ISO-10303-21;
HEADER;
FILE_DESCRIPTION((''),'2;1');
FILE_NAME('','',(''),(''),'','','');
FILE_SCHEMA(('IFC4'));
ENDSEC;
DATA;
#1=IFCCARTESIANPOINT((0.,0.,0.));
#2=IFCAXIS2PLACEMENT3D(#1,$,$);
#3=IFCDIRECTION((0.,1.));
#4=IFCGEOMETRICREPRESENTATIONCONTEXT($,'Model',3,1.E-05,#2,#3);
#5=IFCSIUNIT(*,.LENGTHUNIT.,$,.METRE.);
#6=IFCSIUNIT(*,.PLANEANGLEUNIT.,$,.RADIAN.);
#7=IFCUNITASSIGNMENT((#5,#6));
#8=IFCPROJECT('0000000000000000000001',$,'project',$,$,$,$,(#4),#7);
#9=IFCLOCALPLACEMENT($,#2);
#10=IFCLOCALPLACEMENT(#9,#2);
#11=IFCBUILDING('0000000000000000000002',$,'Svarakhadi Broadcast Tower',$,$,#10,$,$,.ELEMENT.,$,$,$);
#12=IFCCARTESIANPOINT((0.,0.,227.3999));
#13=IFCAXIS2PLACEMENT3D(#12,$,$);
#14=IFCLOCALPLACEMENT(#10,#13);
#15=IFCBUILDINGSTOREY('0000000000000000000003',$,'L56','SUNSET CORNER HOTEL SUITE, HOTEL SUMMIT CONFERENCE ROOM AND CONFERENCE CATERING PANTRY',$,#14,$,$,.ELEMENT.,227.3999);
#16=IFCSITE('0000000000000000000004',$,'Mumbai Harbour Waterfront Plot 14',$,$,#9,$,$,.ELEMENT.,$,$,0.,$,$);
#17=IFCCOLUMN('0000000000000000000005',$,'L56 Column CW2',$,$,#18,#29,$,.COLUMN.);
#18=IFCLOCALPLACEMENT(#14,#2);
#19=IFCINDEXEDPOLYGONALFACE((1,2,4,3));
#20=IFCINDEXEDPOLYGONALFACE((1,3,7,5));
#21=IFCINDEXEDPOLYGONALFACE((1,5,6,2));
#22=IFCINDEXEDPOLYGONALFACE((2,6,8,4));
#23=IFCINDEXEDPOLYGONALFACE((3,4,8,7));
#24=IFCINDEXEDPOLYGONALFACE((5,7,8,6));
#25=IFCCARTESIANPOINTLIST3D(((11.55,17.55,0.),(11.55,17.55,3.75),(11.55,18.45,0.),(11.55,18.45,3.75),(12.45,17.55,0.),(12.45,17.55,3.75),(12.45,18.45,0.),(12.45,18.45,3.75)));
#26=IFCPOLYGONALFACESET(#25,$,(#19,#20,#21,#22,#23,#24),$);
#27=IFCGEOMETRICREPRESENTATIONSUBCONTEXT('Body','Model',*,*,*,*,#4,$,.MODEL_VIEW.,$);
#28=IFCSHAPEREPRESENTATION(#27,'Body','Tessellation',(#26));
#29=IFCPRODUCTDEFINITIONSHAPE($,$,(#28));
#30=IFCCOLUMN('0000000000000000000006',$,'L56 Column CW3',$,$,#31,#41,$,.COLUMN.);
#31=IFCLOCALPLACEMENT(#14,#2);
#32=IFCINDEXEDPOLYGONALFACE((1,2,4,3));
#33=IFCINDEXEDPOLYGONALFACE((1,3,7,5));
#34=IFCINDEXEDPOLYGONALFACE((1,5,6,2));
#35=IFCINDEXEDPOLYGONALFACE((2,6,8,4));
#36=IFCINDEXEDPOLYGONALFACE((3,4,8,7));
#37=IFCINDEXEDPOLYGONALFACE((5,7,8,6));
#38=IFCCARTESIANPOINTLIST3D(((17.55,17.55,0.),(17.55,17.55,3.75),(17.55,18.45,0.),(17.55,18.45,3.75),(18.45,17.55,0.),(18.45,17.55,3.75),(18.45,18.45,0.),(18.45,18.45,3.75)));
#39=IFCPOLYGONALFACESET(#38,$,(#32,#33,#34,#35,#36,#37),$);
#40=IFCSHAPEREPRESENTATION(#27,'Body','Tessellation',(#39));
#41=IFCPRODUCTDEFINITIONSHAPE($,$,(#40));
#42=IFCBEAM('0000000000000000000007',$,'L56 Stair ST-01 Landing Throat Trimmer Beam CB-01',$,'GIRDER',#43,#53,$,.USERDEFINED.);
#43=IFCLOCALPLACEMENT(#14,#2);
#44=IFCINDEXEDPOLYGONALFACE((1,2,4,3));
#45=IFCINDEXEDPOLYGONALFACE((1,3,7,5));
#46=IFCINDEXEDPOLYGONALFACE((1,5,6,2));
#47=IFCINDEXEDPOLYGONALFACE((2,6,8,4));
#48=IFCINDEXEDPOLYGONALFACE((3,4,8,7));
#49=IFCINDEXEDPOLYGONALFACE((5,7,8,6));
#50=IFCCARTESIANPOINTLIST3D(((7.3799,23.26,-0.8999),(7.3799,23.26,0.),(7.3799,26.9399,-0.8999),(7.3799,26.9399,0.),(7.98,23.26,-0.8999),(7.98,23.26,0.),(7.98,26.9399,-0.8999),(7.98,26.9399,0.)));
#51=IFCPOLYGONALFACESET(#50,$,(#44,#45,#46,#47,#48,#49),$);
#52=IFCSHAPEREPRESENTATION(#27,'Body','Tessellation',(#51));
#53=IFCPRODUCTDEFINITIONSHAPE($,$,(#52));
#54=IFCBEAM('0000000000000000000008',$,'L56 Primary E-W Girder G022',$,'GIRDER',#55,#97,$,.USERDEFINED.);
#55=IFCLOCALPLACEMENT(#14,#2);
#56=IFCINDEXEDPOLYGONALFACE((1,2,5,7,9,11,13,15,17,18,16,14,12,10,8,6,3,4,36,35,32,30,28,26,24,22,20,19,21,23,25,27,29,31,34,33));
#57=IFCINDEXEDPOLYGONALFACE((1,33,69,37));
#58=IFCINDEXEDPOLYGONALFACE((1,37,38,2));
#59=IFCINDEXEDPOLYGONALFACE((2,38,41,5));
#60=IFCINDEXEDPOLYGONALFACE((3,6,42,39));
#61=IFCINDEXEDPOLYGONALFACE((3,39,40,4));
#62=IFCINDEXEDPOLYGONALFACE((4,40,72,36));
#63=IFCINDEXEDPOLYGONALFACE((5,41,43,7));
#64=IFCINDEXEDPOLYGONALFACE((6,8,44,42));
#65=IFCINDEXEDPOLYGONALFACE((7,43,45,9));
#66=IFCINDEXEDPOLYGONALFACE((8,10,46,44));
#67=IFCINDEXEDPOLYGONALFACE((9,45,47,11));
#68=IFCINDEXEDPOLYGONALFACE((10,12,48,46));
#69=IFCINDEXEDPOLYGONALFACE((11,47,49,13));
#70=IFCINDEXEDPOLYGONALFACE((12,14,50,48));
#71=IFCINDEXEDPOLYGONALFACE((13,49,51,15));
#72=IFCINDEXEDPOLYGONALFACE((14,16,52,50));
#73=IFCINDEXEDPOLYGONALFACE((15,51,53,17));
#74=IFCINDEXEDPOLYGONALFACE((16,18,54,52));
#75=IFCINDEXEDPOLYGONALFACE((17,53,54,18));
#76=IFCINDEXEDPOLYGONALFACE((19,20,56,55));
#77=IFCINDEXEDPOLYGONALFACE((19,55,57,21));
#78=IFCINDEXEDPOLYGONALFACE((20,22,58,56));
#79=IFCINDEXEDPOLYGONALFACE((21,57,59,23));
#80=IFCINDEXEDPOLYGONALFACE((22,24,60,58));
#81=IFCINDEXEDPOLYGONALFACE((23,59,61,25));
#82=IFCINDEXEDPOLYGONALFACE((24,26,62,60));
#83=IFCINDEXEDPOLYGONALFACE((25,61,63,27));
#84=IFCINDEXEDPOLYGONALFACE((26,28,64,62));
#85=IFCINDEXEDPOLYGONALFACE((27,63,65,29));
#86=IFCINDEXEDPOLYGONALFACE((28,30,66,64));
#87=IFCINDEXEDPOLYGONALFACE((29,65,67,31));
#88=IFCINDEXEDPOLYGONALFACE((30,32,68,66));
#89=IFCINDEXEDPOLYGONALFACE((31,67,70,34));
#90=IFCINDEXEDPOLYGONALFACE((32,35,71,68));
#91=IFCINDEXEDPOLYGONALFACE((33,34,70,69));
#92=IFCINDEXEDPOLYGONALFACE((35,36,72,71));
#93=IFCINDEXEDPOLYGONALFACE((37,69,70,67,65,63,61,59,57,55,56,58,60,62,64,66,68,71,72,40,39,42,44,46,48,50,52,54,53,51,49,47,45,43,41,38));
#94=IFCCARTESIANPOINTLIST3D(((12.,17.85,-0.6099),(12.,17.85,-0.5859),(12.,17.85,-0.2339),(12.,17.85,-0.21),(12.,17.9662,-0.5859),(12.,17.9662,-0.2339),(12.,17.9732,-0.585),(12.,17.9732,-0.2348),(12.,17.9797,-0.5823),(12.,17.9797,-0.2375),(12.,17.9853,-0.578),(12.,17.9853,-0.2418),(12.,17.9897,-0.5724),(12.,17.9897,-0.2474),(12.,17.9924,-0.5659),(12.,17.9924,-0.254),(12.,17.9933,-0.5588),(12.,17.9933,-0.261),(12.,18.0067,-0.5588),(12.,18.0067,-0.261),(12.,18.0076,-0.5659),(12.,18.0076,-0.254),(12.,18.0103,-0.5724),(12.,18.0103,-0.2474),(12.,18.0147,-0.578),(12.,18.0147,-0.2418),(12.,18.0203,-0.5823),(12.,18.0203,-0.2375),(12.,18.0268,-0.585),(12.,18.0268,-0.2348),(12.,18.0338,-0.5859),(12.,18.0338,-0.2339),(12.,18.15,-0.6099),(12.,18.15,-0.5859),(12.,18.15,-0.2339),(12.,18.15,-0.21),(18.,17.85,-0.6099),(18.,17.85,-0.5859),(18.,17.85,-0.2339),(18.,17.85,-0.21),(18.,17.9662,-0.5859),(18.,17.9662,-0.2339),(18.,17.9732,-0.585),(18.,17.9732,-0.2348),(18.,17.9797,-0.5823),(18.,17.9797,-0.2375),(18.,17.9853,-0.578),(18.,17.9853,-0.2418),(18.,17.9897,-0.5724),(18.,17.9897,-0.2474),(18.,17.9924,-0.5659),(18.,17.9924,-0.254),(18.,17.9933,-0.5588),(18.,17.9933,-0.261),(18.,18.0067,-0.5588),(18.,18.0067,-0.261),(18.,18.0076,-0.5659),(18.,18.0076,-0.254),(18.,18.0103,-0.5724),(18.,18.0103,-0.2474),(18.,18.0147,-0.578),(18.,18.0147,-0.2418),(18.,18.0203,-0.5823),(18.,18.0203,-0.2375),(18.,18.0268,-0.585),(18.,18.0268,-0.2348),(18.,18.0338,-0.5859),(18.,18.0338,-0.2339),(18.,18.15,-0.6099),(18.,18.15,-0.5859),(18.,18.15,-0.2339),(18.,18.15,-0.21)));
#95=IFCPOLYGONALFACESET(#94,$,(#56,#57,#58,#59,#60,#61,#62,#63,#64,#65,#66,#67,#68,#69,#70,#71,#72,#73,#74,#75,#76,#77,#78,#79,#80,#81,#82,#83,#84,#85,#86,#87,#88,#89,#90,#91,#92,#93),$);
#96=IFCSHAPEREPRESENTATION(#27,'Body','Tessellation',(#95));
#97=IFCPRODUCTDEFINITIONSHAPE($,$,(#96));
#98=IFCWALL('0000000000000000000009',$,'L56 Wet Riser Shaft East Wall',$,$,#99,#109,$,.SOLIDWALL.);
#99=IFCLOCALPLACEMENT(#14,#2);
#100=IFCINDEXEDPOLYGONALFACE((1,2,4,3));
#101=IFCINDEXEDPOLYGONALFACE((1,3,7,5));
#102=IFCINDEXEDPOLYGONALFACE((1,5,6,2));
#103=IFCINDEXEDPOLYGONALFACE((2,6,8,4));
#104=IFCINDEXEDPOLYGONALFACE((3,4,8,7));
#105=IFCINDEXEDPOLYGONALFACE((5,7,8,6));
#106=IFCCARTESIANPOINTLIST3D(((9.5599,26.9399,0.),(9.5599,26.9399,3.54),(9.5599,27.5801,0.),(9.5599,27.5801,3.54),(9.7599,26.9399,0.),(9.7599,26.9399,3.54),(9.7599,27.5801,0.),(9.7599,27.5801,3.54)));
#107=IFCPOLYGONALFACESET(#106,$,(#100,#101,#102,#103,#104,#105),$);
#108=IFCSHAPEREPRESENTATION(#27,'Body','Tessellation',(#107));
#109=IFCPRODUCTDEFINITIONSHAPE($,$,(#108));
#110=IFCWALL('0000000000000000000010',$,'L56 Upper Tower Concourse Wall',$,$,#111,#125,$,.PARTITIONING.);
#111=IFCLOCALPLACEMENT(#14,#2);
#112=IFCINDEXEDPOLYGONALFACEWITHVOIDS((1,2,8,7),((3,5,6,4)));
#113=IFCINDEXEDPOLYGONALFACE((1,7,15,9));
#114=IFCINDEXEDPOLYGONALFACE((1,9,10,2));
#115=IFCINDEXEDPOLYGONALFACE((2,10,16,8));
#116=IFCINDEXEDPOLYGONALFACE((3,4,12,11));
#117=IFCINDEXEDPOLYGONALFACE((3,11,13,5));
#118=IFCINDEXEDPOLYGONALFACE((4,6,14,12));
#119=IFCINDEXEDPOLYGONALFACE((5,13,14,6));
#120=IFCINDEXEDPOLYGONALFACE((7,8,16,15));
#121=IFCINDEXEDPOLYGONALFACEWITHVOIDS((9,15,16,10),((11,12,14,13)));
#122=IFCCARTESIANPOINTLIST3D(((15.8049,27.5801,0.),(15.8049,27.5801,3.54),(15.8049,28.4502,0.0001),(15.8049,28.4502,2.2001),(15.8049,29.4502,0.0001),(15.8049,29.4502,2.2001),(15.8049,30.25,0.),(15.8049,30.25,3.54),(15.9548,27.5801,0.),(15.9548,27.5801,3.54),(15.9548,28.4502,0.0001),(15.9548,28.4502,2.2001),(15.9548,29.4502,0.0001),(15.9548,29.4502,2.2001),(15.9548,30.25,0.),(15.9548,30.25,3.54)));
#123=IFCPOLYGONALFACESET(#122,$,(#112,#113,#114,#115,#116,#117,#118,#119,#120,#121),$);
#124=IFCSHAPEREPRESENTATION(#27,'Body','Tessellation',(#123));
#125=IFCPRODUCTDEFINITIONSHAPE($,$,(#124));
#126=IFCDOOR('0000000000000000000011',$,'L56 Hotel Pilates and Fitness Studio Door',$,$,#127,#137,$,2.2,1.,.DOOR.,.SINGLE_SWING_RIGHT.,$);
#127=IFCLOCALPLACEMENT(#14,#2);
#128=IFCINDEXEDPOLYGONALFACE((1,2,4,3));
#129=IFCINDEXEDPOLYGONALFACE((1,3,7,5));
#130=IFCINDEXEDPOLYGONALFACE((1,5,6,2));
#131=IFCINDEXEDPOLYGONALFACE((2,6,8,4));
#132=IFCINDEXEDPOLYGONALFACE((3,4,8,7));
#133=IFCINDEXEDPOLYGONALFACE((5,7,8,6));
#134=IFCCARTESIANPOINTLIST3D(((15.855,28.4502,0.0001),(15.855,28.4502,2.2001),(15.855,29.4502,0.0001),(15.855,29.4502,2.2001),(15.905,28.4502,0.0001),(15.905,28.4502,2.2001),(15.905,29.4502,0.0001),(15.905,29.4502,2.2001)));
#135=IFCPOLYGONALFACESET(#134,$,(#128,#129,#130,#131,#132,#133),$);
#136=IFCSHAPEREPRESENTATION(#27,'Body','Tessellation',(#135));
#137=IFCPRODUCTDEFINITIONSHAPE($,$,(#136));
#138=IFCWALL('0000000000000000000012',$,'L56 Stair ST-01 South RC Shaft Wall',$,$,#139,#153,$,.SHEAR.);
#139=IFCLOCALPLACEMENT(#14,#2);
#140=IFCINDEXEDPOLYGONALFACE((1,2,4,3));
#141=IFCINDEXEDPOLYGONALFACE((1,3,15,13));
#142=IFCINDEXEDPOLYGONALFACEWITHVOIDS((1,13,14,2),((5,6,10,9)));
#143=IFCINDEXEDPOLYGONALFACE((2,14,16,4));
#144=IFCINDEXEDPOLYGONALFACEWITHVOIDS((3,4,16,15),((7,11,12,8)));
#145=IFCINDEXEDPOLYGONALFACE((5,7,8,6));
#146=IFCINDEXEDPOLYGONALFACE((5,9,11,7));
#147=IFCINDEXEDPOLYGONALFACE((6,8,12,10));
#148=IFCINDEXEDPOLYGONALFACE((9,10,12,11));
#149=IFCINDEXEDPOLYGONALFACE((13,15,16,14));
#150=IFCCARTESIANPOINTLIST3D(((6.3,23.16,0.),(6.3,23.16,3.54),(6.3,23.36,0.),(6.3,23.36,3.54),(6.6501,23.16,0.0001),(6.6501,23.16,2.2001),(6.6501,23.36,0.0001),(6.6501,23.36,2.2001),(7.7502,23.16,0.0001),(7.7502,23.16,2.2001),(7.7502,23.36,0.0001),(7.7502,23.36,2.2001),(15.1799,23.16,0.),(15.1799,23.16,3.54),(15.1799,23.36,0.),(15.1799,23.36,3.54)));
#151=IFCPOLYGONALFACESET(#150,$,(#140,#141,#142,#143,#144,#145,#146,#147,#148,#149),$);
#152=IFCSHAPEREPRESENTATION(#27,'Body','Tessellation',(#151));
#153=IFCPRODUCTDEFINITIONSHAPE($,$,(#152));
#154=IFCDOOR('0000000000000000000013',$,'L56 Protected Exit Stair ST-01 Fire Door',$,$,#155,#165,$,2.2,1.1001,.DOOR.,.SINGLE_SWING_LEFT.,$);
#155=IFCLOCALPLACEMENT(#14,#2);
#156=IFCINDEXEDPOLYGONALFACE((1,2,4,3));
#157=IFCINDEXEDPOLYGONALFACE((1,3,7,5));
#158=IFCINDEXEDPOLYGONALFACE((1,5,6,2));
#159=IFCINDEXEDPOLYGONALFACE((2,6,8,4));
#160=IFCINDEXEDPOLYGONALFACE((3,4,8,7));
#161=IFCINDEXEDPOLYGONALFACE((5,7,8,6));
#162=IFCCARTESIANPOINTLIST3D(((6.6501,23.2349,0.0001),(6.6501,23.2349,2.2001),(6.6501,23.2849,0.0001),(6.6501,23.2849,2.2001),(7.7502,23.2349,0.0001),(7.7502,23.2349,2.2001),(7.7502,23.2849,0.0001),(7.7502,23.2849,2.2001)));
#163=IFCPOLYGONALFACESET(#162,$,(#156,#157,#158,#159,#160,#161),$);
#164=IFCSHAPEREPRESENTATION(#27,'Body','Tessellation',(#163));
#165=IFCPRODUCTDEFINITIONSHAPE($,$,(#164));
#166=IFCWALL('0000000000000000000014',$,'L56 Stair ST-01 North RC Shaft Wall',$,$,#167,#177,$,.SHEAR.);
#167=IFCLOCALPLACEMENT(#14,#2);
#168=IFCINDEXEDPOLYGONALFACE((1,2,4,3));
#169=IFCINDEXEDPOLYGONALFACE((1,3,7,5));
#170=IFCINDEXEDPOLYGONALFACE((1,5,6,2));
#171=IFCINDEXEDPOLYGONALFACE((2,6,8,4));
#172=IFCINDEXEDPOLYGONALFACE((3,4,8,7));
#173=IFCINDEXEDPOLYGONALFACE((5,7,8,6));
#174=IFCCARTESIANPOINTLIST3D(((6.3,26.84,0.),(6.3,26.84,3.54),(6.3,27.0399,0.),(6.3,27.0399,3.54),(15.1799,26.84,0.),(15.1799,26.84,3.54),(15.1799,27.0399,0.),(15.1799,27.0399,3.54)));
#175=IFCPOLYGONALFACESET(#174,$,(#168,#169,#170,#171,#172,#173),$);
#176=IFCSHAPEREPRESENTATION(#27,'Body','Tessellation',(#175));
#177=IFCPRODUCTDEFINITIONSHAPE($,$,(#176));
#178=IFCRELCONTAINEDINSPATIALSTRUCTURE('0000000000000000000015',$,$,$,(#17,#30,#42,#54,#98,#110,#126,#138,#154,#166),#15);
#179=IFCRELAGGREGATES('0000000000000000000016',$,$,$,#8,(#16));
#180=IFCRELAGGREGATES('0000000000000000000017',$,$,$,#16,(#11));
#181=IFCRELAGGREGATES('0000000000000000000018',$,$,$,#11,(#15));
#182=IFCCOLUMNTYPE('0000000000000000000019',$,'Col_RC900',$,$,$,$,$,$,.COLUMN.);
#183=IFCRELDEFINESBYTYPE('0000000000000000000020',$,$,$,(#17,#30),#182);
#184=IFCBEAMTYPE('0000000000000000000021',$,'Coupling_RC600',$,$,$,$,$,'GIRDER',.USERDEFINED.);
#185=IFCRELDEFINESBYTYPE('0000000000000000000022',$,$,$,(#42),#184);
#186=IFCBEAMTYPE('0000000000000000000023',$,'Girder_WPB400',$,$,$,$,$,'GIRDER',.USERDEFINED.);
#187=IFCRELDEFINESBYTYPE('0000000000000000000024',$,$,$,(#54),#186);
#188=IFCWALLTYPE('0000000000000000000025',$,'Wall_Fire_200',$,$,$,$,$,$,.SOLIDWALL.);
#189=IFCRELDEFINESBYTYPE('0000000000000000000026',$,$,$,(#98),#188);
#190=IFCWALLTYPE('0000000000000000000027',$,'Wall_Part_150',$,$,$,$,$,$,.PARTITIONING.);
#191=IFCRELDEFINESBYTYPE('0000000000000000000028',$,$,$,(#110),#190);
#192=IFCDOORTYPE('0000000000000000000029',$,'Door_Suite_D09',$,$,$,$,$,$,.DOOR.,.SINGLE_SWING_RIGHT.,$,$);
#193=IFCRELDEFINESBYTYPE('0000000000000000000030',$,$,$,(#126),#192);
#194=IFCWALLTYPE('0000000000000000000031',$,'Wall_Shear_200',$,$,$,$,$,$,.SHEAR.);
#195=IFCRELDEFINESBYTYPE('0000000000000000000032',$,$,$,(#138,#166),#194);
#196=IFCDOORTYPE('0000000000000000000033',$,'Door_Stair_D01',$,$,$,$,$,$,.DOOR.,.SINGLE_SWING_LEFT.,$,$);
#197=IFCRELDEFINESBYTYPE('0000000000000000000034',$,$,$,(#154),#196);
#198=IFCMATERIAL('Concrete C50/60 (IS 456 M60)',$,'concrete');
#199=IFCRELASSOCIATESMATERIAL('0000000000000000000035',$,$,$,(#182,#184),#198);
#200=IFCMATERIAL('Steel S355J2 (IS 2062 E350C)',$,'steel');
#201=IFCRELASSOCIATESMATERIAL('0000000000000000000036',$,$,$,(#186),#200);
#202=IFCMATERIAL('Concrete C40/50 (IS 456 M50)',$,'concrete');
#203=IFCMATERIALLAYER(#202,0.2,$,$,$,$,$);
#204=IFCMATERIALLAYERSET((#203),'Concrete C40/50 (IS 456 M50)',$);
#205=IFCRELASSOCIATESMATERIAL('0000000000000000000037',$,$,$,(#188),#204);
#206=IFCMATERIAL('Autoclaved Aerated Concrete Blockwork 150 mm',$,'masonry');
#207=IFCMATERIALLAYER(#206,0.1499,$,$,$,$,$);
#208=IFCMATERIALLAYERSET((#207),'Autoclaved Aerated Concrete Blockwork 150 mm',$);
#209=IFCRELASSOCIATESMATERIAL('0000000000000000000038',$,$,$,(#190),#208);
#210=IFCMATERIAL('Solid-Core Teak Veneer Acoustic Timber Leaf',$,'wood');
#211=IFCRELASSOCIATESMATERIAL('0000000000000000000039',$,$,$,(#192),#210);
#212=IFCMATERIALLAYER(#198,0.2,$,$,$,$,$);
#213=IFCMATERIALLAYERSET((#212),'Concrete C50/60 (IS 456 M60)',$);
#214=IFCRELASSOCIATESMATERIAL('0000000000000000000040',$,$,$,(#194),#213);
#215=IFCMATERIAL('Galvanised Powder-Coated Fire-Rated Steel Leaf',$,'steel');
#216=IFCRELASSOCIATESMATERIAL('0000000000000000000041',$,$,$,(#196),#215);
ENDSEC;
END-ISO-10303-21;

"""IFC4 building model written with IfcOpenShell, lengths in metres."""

from ifc_helpers import new_model, si_unit, direction, frame, frame_2d, origin, origin_2d, place, context, subcontext, project, spatial, rectangle, i_section, extrude, material, layer, layer_set, material_profile, profile_set, type_object, element, fill, save


model = new_model("IFC4")

# Units and contexts
model_context = context("Model", 3, precision=1e-05, world=origin(), true_north=direction((0.0, 1.0)))
body_context = subcontext(model_context, "Body", "Model", "MODEL_VIEW")
ifc_project = project(units=[si_unit("LENGTHUNIT", "METRE"), si_unit("PLANEANGLEUNIT", "RADIAN")], contexts=[model_context])

# Site, building, storey
site_placement = place(None, origin())
site = spatial("IfcSite", under=ifc_project, at=site_placement, Name="Mumbai Harbour Waterfront Plot 14", CompositionType="ELEMENT", RefElevation=0.0)
building_placement = place(site_placement, origin())
building = spatial("IfcBuilding", under=site, at=building_placement, Name="Svarakhadi Broadcast Tower", CompositionType="ELEMENT")
storey_placement = place(building_placement, frame((0.0, 0.0, 227.3999)))
storey = spatial("IfcBuildingStorey", under=building, at=storey_placement, Name="L56", Description="SUNSET CORNER HOTEL SUITE, HOTEL SUMMIT CONFERENCE ROOM AND CONFERENCE CATERING PANTRY", CompositionType="ELEMENT", Elevation=227.3999)

# Columns
ifc_material_1 = material(Name="Concrete C50/60 (IS 456 M60)", Category="concrete")
ifc_material_profile_1 = material_profile(ifc_material_1, rectangle(XDim=0.8999, YDim=0.8999, at=origin_2d()), Name="RC 900x900")
ifc_profile_set_1 = profile_set([ifc_material_profile_1], Name="Concrete C50/60 (IS 456 M60)")
column_type = type_object("IfcColumnType", Name="Col_RC900", PredefinedType="COLUMN", material=ifc_profile_set_1)
for number, where, z_axis, x_axis, name in (
    (1, (12.0, 18.0, 0.0), (0.0, 0.0, 1.0), (1.0, 0.0, 0.0), "L56 Column CW2"),
    (2, (18.0, 18.0, 0.0), (0.0, 0.0, 1.0), (1.0, 0.0, 0.0), "L56 Column CW3"),
):
    element("IfcColumn", number, at=place(storey_placement, frame(where, z_axis=z_axis, x_axis=x_axis)), inside=storey, type_object=column_type, Name=name, PredefinedType="COLUMN", context=body_context, shape_type="SweptSolid", body=[
        extrude(rectangle(XDim=0.8999, YDim=0.8999, at=origin_2d()), origin(), (0.0, 0.0, 1.0), 3.75),
    ])

# Beams
ifc_material_profile_2 = material_profile(ifc_material_1, rectangle(XDim=0.6001, YDim=0.8999, at=origin_2d()), Name="RC 600x900")
ifc_profile_set_2 = profile_set([ifc_material_profile_2], Name="Concrete C50/60 (IS 456 M60)")
beam_type_1 = type_object("IfcBeamType", Name="Coupling_RC600", ElementType="GIRDER", PredefinedType="USERDEFINED", material=ifc_profile_set_2)
beam_1_placement = place(storey_placement, frame((7.6799, 23.26, -0.45), z_axis=(0.0, 1.0, 0.0), x_axis=(-1.0, 0.0, 0.0)))
element("IfcBeam", 3, at=beam_1_placement, inside=storey, type_object=beam_type_1, Name="L56 Stair ST-01 Landing Throat Trimmer Beam CB-01", ObjectType="GIRDER", PredefinedType="USERDEFINED", context=body_context, shape_type="SweptSolid", body=[
    extrude(rectangle(XDim=0.6001, YDim=0.8999, at=origin_2d()), origin(), (0.0, 0.0, 1.0), 3.6799),
])
ifc_material_2 = material(Name="Steel S355J2 (IS 2062 E350C)", Category="steel")
ifc_material_profile_3 = material_profile(ifc_material_2, i_section(OverallWidth=0.3, OverallDepth=0.3999, WebThickness=0.0134, FlangeThickness=0.0239, FilletRadius=0.0271, at=origin_2d()), Name="WPB 400x300x155")
ifc_profile_set_3 = profile_set([ifc_material_profile_3], Name="Steel S355J2 (IS 2062 E350C)")
beam_type_2 = type_object("IfcBeamType", Name="Girder_WPB400", ElementType="GIRDER", PredefinedType="USERDEFINED", material=ifc_profile_set_3)
beam_2_placement = place(storey_placement, frame((12.0, 18.0, -0.4099), z_axis=(1.0, 0.0, 0.0), x_axis=(0.0, 1.0, 0.0)))
element("IfcBeam", 4, at=beam_2_placement, inside=storey, type_object=beam_type_2, Name="L56 Primary E-W Girder G022", ObjectType="GIRDER", PredefinedType="USERDEFINED", context=body_context, shape_type="SweptSolid", body=[
    extrude(i_section(OverallWidth=0.3, OverallDepth=0.3999, WebThickness=0.0134, FlangeThickness=0.0239, FilletRadius=0.0271, at=origin_2d()), origin(), (0.0, 0.0, 1.0), 6.0),
])

# Wall
ifc_material_3 = material(Name="Concrete C40/50 (IS 456 M50)", Category="concrete")
ifc_layer_1 = layer(ifc_material_3, 0.2)
ifc_layer_set_1 = layer_set([ifc_layer_1], Name="Concrete C40/50 (IS 456 M50)")
wall_type_1 = type_object("IfcWallType", Name="Wall_Fire_200", PredefinedType="SOLIDWALL", material=ifc_layer_set_1)
wall_1_placement = place(storey_placement, frame((9.6599, 26.9399, 0.0), z_axis=(0.0, 0.0, 1.0), x_axis=(0.0, 1.0, 0.0)))
element("IfcWall", 5, at=wall_1_placement, inside=storey, type_object=wall_type_1, Name="L56 Wet Riser Shaft East Wall", PredefinedType="SOLIDWALL", context=body_context, shape_type="SweptSolid", body=[
    extrude(rectangle(XDim=0.6401, YDim=0.2, at=frame_2d((0.3201, 0.0))), origin(), (0.0, 0.0, 1.0), 3.54),
])

# Walls, openings, doors
ifc_material_4 = material(Name="Autoclaved Aerated Concrete Blockwork 150 mm", Category="masonry")
ifc_layer_2 = layer(ifc_material_4, 0.1499)
ifc_layer_set_2 = layer_set([ifc_layer_2], Name="Autoclaved Aerated Concrete Blockwork 150 mm")
wall_type_2 = type_object("IfcWallType", Name="Wall_Part_150", PredefinedType="PARTITIONING", material=ifc_layer_set_2)
wall_2_placement = place(storey_placement, frame((15.8799, 27.5801, 0.0), z_axis=(0.0, 0.0, 1.0), x_axis=(0.0, 1.0, 0.0)))
wall_2 = element("IfcWall", 6, at=wall_2_placement, inside=storey, type_object=wall_type_2, Name="L56 Upper Tower Concourse Wall", PredefinedType="PARTITIONING", context=body_context, shape_type="SweptSolid", body=[
    extrude(rectangle(XDim=2.6699, YDim=0.1499, at=frame_2d((1.335, 0.0))), origin(), (0.0, 0.0, 1.0), 3.54),
])
opening_1_placement = place(wall_2_placement, frame((0.8701, 0.0, 0.0)))
opening_1 = element("IfcOpeningElement", 7, at=opening_1_placement, cuts=wall_2, PredefinedType="OPENING", context=body_context, shape_type="SweptSolid", body=[
    extrude(rectangle(XDim=1.0, YDim=2.2, at=frame_2d((0.5, 1.1001))), frame((0.0, 0.085, 0.0), z_axis=(0.0, -1.0, 0.0), x_axis=(1.0, 0.0, 0.0)), (0.0, 0.0, 1.0), 0.1699),
])
ifc_material_5 = material(Name="Solid-Core Teak Veneer Acoustic Timber Leaf", Category="wood")
door_type_1 = type_object("IfcDoorType", Name="Door_Suite_D09", OperationType="SINGLE_SWING_RIGHT", PredefinedType="DOOR", material=ifc_material_5)
door_1_placement = place(opening_1_placement, origin())
door_1 = element("IfcDoor", 8, at=door_1_placement, inside=storey, type_object=door_type_1, Name="L56 Hotel Pilates and Fitness Studio Door", OperationType="SINGLE_SWING_RIGHT", OverallHeight=2.2, OverallWidth=1.0, PredefinedType="DOOR", context=body_context, shape_type="SweptSolid", body=[
    extrude(rectangle(XDim=1.0, YDim=2.2, at=frame_2d((0.5, 1.1001))), frame((0.0, 0.0249, 0.0), z_axis=(0.0, -1.0, 0.0), x_axis=(1.0, 0.0, 0.0)), (0.0, 0.0, 1.0), 0.05),
])
fill(opening_1, door_1)
ifc_layer_3 = layer(ifc_material_1, 0.2)
ifc_layer_set_3 = layer_set([ifc_layer_3], Name="Concrete C50/60 (IS 456 M60)")
wall_type_3 = type_object("IfcWallType", Name="Wall_Shear_200", PredefinedType="SHEAR", material=ifc_layer_set_3)
wall_3_placement = place(storey_placement, frame((6.3, 23.26, 0.0), z_axis=(0.0, 0.0, 1.0), x_axis=(1.0, 0.0, 0.0)))
wall_3 = element("IfcWall", 9, at=wall_3_placement, inside=storey, type_object=wall_type_3, Name="L56 Stair ST-01 South RC Shaft Wall", PredefinedType="SHEAR", context=body_context, shape_type="SweptSolid", body=[
    extrude(rectangle(XDim=8.8799, YDim=0.2, at=frame_2d((4.4399, 0.0))), origin(), (0.0, 0.0, 1.0), 3.54),
])
opening_2_placement = place(wall_3_placement, frame((0.3501, 0.0, 0.0)))
opening_2 = element("IfcOpeningElement", 10, at=opening_2_placement, cuts=wall_3, PredefinedType="OPENING", context=body_context, shape_type="SweptSolid", body=[
    extrude(rectangle(XDim=1.1001, YDim=2.2, at=frame_2d((0.55, 1.1001))), frame((0.0, 0.1099, 0.0), z_axis=(0.0, -1.0, 0.0), x_axis=(1.0, 0.0, 0.0)), (0.0, 0.0, 1.0), 0.22),
])
ifc_material_6 = material(Name="Galvanised Powder-Coated Fire-Rated Steel Leaf", Category="steel")
door_type_2 = type_object("IfcDoorType", Name="Door_Stair_D01", OperationType="SINGLE_SWING_LEFT", PredefinedType="DOOR", material=ifc_material_6)
door_2_placement = place(opening_2_placement, origin())
door_2 = element("IfcDoor", 11, at=door_2_placement, inside=storey, type_object=door_type_2, Name="L56 Protected Exit Stair ST-01 Fire Door", OperationType="SINGLE_SWING_LEFT", OverallHeight=2.2, OverallWidth=1.1001, PredefinedType="DOOR", context=body_context, shape_type="SweptSolid", body=[
    extrude(rectangle(XDim=1.1001, YDim=2.2, at=frame_2d((0.55, 1.1001))), frame((0.0, 0.0249, 0.0), z_axis=(0.0, -1.0, 0.0), x_axis=(1.0, 0.0, 0.0)), (0.0, 0.0, 1.0), 0.05),
])
fill(opening_2, door_2)

# Wall
wall_4_placement = place(storey_placement, frame((6.3, 26.9399, 0.0), z_axis=(0.0, 0.0, 1.0), x_axis=(1.0, 0.0, 0.0)))
element("IfcWall", 12, at=wall_4_placement, inside=storey, type_object=wall_type_3, Name="L56 Stair ST-01 North RC Shaft Wall", PredefinedType="SHEAR", context=body_context, shape_type="SweptSolid", body=[
    extrude(rectangle(XDim=8.8799, YDim=0.2, at=frame_2d((4.4399, 0.0))), origin(), (0.0, 0.0, 1.0), 3.54),
])

save(model, "model.ifc")
